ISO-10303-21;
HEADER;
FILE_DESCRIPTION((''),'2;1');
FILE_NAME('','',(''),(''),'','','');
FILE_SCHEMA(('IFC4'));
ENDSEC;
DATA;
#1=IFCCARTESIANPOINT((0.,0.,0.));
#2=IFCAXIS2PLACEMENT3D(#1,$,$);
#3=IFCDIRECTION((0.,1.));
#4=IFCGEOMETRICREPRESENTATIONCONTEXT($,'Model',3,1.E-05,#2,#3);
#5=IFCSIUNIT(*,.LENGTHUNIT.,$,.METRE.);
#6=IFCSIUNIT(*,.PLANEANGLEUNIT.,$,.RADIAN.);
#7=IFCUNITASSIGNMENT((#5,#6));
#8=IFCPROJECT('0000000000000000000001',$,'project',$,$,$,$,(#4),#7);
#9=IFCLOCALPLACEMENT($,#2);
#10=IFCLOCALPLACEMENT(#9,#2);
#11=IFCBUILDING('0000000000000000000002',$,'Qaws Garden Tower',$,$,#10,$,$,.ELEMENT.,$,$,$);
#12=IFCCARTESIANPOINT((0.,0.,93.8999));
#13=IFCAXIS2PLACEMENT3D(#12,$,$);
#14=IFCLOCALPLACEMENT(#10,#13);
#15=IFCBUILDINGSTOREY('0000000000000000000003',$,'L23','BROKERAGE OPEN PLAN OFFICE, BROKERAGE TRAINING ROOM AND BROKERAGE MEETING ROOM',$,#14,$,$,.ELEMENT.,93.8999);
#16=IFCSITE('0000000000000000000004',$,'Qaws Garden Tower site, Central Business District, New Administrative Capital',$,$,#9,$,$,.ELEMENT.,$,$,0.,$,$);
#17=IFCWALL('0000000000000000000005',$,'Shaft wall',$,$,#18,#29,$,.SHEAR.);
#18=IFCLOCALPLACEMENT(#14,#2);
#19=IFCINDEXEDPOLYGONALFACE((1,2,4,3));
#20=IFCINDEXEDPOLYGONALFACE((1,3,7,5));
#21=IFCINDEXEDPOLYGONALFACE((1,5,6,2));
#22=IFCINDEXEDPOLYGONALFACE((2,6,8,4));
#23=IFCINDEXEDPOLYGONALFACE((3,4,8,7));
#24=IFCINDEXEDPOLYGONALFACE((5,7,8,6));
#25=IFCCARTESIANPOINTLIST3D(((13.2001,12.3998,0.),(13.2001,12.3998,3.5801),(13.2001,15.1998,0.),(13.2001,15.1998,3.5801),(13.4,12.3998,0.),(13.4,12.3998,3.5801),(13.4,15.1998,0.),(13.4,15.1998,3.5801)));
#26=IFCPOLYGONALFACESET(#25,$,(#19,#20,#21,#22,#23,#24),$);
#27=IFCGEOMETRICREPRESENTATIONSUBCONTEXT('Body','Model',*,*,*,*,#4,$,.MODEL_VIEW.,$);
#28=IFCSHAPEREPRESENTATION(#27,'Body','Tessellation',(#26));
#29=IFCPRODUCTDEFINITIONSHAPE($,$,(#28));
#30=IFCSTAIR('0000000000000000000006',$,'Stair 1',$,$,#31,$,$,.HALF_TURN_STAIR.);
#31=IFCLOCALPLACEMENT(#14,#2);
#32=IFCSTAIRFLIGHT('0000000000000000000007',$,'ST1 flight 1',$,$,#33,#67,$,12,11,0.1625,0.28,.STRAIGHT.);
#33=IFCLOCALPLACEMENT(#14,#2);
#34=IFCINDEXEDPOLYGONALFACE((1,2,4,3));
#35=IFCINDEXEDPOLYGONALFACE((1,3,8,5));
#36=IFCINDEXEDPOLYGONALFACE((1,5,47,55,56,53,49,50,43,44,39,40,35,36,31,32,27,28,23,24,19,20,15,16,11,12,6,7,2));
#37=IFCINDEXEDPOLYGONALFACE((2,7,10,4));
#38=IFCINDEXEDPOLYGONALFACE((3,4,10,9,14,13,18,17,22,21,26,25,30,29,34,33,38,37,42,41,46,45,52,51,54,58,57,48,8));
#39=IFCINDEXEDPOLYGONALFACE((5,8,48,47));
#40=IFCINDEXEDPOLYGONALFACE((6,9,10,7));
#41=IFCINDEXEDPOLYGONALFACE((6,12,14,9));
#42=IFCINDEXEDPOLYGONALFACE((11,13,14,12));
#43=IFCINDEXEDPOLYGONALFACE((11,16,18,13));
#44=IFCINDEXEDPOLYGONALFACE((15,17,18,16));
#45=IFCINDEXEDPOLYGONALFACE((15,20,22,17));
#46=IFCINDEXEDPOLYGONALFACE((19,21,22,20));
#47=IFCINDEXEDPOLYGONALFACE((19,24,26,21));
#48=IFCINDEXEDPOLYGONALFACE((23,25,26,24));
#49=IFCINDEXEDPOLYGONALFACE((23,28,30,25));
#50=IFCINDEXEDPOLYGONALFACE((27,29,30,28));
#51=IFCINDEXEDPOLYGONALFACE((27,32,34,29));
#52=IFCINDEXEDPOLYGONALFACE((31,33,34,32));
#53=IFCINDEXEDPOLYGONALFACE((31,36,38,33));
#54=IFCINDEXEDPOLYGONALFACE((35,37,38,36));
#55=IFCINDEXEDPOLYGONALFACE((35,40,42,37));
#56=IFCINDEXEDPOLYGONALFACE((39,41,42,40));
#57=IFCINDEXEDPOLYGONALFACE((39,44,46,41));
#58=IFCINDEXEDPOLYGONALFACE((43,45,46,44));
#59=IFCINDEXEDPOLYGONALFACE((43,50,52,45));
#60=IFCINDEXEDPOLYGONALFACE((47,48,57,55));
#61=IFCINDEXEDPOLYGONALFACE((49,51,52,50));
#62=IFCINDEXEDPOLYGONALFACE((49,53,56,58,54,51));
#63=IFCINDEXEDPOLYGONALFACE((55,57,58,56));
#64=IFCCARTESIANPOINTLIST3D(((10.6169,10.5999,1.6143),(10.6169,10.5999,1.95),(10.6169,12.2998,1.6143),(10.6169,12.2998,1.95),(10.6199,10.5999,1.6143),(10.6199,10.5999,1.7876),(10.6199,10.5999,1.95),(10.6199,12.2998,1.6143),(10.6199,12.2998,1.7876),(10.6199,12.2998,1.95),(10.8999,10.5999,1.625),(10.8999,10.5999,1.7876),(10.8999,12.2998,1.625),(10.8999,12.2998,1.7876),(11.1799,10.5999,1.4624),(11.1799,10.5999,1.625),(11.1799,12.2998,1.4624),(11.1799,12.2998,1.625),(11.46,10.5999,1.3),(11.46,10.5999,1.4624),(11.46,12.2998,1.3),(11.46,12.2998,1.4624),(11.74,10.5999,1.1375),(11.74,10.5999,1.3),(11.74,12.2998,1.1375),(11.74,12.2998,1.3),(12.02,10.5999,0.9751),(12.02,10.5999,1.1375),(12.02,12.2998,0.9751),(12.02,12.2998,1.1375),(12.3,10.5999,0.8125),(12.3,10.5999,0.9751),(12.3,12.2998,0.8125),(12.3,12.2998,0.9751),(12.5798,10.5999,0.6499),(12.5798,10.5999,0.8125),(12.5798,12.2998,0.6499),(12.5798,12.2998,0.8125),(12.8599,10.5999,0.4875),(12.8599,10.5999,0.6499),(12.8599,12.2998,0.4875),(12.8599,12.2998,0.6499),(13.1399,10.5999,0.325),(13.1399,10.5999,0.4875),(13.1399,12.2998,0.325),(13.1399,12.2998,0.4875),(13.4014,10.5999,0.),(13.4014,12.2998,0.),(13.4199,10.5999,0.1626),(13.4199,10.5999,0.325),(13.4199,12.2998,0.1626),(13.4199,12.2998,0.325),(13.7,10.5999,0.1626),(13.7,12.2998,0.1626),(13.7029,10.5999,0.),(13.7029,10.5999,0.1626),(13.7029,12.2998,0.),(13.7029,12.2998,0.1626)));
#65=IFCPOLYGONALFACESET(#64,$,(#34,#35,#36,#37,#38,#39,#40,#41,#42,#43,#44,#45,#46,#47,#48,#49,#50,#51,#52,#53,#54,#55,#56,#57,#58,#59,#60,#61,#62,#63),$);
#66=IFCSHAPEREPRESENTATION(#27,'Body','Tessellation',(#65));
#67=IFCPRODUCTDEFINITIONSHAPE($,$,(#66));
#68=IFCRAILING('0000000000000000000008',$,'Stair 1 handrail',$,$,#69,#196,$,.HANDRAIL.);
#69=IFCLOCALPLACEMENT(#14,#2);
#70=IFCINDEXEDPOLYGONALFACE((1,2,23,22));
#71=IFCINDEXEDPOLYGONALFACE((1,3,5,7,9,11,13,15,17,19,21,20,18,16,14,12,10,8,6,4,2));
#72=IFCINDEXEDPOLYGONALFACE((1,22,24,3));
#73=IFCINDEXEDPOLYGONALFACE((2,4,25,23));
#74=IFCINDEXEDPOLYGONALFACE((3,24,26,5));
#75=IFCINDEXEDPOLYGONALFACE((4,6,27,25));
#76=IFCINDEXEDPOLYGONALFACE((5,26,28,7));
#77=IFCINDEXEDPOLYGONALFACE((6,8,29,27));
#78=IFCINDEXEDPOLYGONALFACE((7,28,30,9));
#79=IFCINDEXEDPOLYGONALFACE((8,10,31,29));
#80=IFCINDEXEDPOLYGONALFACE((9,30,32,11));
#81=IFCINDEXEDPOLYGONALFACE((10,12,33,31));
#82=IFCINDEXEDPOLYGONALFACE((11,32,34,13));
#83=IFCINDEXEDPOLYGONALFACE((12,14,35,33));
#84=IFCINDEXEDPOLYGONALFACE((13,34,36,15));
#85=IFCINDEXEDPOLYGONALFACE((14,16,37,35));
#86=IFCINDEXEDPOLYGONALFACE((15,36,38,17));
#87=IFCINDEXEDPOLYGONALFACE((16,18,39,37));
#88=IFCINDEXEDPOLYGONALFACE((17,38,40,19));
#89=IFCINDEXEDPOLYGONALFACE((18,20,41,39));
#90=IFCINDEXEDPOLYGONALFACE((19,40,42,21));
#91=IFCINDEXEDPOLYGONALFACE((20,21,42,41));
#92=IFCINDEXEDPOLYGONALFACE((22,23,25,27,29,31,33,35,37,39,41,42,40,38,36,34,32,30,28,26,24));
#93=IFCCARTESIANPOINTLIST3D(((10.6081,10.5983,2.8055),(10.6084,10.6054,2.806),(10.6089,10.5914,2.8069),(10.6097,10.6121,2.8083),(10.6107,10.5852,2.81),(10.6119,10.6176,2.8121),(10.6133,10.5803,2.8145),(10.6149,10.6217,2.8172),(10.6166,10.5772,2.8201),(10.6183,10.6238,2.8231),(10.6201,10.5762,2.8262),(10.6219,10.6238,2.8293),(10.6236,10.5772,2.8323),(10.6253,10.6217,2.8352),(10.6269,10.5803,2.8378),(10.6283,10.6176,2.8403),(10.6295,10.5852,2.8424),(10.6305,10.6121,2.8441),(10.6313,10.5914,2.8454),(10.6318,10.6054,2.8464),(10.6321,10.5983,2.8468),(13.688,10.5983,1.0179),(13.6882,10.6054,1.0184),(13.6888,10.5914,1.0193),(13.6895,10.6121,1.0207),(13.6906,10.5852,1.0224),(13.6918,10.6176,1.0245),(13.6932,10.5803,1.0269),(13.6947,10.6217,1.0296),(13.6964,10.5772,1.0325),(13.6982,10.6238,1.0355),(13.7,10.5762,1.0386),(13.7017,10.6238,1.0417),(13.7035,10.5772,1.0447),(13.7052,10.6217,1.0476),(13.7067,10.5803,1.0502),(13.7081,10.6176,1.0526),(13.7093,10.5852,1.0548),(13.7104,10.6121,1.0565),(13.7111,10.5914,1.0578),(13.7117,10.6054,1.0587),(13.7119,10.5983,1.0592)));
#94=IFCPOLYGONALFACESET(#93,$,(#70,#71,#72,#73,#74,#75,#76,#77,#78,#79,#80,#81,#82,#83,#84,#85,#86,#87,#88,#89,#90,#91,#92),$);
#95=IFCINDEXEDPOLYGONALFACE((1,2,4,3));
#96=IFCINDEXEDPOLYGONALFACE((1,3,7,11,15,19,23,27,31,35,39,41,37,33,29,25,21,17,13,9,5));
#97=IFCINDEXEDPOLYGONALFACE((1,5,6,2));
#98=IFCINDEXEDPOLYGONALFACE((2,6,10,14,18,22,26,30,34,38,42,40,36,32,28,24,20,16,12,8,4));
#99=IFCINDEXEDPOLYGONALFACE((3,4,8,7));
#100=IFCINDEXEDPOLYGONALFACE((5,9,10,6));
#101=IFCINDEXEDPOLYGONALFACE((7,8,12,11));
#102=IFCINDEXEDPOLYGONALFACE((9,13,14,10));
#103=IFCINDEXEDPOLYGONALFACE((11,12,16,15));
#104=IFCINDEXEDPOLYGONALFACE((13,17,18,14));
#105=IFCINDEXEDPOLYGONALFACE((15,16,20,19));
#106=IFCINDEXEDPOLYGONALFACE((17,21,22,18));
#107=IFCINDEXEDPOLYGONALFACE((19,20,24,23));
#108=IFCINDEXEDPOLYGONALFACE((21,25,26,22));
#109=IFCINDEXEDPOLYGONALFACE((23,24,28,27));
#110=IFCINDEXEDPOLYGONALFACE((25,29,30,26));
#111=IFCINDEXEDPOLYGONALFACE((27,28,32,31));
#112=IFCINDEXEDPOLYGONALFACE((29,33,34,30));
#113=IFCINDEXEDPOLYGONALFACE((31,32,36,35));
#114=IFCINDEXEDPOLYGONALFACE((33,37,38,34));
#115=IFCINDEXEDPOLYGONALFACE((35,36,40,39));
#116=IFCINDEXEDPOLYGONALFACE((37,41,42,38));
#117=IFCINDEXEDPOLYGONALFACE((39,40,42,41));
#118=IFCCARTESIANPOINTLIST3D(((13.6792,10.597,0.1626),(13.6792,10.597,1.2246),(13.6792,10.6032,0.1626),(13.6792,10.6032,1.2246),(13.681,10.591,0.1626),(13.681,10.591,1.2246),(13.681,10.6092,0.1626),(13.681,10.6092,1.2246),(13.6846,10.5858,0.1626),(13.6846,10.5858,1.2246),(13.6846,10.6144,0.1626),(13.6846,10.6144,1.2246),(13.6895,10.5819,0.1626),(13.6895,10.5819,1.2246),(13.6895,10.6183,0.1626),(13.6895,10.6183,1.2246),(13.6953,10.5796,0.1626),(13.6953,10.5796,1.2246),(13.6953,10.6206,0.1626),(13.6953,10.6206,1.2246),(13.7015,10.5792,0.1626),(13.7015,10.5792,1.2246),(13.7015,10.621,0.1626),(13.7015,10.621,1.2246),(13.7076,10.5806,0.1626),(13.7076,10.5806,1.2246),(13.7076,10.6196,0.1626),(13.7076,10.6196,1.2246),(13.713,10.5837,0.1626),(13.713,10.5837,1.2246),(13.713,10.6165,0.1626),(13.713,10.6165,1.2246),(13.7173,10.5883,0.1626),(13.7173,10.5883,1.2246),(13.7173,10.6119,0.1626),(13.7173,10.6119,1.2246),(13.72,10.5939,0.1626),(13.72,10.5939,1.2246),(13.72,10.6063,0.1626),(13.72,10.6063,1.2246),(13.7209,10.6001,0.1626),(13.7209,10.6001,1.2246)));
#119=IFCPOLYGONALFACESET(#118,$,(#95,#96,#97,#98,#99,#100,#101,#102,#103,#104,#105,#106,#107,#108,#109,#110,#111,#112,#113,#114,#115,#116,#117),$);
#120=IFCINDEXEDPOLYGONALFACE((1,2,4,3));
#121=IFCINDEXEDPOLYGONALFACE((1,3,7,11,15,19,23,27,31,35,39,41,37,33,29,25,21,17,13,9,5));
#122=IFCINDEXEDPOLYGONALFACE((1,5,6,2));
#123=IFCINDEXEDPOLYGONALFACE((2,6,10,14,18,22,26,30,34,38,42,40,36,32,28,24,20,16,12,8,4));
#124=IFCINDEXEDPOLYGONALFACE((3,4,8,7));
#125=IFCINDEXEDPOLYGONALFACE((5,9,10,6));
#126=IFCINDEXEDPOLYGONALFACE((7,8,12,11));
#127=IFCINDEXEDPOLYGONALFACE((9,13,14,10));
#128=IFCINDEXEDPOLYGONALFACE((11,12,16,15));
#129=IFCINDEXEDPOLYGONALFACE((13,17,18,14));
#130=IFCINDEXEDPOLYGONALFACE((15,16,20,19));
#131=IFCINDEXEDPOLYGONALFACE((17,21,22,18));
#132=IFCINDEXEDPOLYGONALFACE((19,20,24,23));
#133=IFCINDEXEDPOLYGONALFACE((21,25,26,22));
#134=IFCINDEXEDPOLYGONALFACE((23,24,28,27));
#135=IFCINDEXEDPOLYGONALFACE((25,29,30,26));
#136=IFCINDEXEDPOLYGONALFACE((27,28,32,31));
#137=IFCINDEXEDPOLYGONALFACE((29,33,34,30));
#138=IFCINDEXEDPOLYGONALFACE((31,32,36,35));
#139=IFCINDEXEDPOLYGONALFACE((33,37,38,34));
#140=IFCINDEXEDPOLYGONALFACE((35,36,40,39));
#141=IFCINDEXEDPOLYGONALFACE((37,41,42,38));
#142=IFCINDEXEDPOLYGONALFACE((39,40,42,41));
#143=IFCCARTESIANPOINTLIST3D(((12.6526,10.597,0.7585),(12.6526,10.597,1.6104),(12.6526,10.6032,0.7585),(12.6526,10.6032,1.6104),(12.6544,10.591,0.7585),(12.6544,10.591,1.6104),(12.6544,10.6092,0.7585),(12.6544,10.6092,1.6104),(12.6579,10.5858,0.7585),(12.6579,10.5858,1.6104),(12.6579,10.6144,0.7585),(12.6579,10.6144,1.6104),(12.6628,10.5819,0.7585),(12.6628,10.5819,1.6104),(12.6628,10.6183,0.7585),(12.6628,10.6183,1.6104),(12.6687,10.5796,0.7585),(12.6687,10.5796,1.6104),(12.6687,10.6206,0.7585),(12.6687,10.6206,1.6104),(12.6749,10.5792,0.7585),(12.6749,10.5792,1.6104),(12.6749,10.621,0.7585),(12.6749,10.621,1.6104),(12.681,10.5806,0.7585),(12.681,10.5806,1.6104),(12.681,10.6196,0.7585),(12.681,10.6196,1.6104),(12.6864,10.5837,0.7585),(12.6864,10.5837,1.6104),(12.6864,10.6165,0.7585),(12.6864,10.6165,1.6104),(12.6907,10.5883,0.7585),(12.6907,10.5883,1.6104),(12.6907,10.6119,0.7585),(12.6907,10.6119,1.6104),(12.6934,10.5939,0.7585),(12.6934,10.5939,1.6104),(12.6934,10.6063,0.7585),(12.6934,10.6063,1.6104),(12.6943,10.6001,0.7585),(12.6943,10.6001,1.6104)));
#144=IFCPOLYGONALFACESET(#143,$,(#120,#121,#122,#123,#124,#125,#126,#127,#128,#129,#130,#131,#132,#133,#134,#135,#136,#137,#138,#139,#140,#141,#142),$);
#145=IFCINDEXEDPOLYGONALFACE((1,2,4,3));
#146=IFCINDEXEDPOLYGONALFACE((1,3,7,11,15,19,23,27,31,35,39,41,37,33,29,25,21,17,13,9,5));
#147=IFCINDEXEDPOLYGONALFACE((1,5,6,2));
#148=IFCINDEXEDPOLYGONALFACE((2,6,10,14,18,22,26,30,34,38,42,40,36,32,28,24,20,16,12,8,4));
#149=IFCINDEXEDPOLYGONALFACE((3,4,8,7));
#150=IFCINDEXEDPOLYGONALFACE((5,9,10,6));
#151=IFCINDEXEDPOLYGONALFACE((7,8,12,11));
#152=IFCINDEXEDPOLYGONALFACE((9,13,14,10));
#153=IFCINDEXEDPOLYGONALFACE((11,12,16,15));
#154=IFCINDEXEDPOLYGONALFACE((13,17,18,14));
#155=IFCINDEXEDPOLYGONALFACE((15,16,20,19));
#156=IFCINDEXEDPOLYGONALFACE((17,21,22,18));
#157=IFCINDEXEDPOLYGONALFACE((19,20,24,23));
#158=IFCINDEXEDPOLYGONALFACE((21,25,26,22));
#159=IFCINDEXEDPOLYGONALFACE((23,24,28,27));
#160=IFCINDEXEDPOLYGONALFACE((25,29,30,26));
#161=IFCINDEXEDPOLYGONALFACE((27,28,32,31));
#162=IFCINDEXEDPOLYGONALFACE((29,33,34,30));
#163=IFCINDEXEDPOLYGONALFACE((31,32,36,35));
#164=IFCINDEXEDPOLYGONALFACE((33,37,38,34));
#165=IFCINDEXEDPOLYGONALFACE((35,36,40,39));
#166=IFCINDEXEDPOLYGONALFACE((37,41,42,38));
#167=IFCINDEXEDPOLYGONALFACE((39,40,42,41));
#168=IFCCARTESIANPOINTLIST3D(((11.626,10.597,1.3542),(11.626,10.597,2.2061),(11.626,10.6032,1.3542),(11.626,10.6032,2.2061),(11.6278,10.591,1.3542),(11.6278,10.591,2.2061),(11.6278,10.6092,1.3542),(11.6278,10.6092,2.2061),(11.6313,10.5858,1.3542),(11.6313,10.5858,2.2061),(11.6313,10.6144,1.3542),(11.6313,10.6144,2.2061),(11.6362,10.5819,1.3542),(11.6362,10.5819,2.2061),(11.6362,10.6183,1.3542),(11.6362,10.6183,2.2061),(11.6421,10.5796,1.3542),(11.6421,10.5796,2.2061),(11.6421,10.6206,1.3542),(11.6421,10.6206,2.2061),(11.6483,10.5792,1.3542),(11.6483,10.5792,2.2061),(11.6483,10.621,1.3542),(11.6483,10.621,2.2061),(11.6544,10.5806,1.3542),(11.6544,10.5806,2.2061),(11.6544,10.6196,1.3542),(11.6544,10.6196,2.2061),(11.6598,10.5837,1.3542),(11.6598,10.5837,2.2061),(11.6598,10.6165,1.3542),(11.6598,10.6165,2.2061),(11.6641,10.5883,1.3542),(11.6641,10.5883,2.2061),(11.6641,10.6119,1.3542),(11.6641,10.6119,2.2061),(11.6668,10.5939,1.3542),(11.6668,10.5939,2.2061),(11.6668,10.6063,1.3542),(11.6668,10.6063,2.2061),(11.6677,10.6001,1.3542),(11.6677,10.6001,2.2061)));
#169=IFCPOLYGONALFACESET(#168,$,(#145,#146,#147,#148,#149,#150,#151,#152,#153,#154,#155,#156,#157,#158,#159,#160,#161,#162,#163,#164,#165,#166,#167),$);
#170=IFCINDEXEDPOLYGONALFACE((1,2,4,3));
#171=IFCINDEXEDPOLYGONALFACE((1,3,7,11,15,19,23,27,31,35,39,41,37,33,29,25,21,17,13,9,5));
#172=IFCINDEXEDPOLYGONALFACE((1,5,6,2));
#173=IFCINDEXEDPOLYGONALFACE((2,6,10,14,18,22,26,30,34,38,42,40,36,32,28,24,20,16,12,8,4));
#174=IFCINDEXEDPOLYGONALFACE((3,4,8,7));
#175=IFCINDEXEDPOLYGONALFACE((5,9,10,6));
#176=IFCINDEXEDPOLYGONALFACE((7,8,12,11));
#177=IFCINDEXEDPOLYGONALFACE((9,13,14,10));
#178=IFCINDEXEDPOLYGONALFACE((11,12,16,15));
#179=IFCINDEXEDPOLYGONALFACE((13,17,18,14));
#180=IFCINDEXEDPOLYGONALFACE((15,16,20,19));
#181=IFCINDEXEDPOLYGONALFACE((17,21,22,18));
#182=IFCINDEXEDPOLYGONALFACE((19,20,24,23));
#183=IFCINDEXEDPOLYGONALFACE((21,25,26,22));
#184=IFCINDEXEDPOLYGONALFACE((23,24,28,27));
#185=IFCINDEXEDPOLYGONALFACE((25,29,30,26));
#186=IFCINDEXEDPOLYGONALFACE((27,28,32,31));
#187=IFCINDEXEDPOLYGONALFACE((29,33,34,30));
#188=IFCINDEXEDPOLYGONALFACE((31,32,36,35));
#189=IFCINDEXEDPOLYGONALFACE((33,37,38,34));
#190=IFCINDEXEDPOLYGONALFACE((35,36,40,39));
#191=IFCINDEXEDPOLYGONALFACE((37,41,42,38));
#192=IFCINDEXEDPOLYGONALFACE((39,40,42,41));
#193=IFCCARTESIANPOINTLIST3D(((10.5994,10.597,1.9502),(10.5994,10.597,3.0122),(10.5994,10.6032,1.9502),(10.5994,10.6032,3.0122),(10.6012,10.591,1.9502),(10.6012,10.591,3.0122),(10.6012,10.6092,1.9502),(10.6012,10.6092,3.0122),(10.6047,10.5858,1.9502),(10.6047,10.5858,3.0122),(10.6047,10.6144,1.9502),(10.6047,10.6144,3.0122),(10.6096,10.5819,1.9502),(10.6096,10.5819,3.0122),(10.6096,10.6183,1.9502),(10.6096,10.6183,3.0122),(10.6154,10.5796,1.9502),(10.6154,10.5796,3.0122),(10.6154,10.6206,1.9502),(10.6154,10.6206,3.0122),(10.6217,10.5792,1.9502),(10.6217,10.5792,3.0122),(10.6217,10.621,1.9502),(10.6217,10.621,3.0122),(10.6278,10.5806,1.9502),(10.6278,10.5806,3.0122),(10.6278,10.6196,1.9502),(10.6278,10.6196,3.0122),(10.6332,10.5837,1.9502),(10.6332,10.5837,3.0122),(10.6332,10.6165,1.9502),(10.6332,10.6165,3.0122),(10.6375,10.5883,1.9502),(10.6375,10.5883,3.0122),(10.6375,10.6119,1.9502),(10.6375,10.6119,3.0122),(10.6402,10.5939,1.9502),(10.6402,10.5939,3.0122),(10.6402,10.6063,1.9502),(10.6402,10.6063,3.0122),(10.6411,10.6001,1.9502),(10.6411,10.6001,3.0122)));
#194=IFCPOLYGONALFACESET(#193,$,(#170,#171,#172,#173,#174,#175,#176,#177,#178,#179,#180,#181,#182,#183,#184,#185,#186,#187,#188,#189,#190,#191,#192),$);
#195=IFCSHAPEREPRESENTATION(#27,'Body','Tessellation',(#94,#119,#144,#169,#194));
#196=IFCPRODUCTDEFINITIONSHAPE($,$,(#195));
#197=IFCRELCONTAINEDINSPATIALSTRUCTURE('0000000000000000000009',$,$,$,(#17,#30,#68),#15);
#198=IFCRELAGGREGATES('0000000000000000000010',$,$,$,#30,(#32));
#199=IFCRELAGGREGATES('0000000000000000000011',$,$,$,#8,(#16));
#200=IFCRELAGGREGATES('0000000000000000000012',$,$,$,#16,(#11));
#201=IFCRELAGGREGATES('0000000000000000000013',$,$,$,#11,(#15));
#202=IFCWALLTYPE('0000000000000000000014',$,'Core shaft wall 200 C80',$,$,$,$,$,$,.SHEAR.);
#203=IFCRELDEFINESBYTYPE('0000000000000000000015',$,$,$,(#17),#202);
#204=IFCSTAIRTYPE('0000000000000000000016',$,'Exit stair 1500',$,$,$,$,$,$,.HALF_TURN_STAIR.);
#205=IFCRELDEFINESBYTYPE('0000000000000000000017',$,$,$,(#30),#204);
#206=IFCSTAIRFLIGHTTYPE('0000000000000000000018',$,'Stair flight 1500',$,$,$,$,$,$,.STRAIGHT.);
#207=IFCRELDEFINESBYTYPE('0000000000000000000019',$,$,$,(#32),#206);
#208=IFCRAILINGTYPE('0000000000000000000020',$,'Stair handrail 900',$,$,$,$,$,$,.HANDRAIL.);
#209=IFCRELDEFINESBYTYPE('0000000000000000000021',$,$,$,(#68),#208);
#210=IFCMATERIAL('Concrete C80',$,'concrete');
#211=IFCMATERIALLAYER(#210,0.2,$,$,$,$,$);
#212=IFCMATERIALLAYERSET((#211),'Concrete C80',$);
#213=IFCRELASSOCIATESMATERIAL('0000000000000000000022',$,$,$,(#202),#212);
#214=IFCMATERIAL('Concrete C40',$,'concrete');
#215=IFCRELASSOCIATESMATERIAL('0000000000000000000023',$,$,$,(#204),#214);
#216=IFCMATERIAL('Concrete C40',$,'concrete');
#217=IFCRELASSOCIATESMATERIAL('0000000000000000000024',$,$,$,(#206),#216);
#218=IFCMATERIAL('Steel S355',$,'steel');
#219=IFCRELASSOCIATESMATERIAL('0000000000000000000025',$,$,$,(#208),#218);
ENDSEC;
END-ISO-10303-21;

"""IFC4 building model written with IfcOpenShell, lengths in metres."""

from ifc_helpers import new_model, si_unit, direction, frame, frame_2d, origin, origin_2d, place, context, subcontext, project, spatial, polyline, rectangle, circle, outline, extrude, material, layer, layer_set, type_object, element, aggregate, save


model = new_model("IFC4")

# Units and contexts
model_context = context("Model", 3, precision=1e-05, world=origin(), true_north=direction((0.0, 1.0)))
body_context = subcontext(model_context, "Body", "Model", "MODEL_VIEW")
ifc_project = project(units=[si_unit("LENGTHUNIT", "METRE"), si_unit("PLANEANGLEUNIT", "RADIAN")], contexts=[model_context])

# Site, building, storey
site_placement = place(None, origin())
site = spatial("IfcSite", under=ifc_project, at=site_placement, Name="Qaws Garden Tower site, Central Business District, New Administrative Capital", CompositionType="ELEMENT", RefElevation=0.0)
building_placement = place(site_placement, origin())
building = spatial("IfcBuilding", under=site, at=building_placement, Name="Qaws Garden Tower", CompositionType="ELEMENT")
storey_placement = place(building_placement, frame((0.0, 0.0, 93.8999)))
storey = spatial("IfcBuildingStorey", under=building, at=storey_placement, Name="L23", Description="BROKERAGE OPEN PLAN OFFICE, BROKERAGE TRAINING ROOM AND BROKERAGE MEETING ROOM", CompositionType="ELEMENT", Elevation=93.8999)

# Shared definitions
ifc_material_1 = material(Name="Concrete C80", Category="concrete")
ifc_layer_1 = layer(ifc_material_1, 0.2)
ifc_layer_set_1 = layer_set([ifc_layer_1], Name="Concrete C80")
wall_type_1 = type_object("IfcWallType", Name="Core shaft wall 200 C80", PredefinedType="SHEAR", material=ifc_layer_set_1)

# Wall
wall_1_placement = place(storey_placement, frame((13.3, 12.3999, 0.0), z_axis=(0.0, 0.0, 1.0), x_axis=(0.0, 1.0, 0.0)))
element("IfcWall", 1, at=wall_1_placement, inside=storey, type_object=wall_type_1, Name="Shaft wall", PredefinedType="SHEAR", context=body_context, shape_type="SweptSolid", body=[
    extrude(rectangle(XDim=2.8, YDim=0.2, at=frame_2d((1.3999, 0.0))), origin(), (0.0, 0.0, 1.0), 3.5801),
])

# Stair, stair flight
ifc_material_2 = material(Name="Concrete C40", Category="concrete")
stair_type = type_object("IfcStairType", Name="Exit stair 1500", PredefinedType="HALF_TURN_STAIR", material=ifc_material_2)
stair_placement = place(storey_placement, origin())
stair = element("IfcStair", 2, at=stair_placement, inside=storey, type_object=stair_type, Name="Stair 1", PredefinedType="HALF_TURN_STAIR")
ifc_material_3 = material(Name="Concrete C40", Category="concrete")
stair_flight_type = type_object("IfcStairFlightType", Name="Stair flight 1500", PredefinedType="STRAIGHT", material=ifc_material_3)
stair_flight_placement = place(storey_placement, frame((13.7, 11.45, 0.0), z_axis=(0.0, 0.0, 1.0), x_axis=(-1.0, 0.0, 0.0)))
stair_flight = element("IfcStairFlight", 3, at=stair_flight_placement, type_object=stair_flight_type, Name="ST1 flight 1", NumberOfRisers=12, NumberOfTreads=11, PredefinedType="STRAIGHT", RiserHeight=0.1625, TreadLength=0.28, context=body_context, shape_type="SweptSolid", body=[
    extrude(outline(polyline([(-0.0029, 0.0), (-0.0029, 0.1626), (0.0, 0.1626), (0.28, 0.1626), (0.28, 0.325), (0.5601, 0.325), (0.5601, 0.4875), (0.8401, 0.4875), (0.8401, 0.6499), (1.1201, 0.6499), (1.1201, 0.8125), (1.3999, 0.8125), (1.3999, 0.9751), (1.6799, 0.9751), (1.6799, 1.1375), (1.96, 1.1375), (1.96, 1.3), (2.24, 1.3), (2.24, 1.4624), (2.52, 1.4624), (2.52, 1.625), (2.8, 1.625), (2.8, 1.7876), (3.0801, 1.7876), (3.0801, 1.95), (3.083, 1.95), (3.083, 1.6143), (3.0801, 1.6143), (0.2986, 0.0), (-0.0029, 0.0)])), frame((0.0, 0.8501, 0.0), z_axis=(0.0, -1.0, 0.0), x_axis=(1.0, 0.0, 0.0)), (0.0, 0.0, 1.0), 1.7),
])
aggregate(stair, [stair_flight])

# Railing
ifc_material_4 = material(Name="Steel S355", Category="steel")
railing_type = type_object("IfcRailingType", Name="Stair handrail 900", PredefinedType="HANDRAIL", material=ifc_material_4)
railing_1_placement = place(storey_placement, frame((13.7, 10.6001, 0.1626)))
element("IfcRailing", 4, at=railing_1_placement, inside=storey, type_object=railing_type, Name="Stair 1 handrail", PredefinedType="HANDRAIL", context=body_context, shape_type="SweptSolid", body=[
    extrude(circle(Radius=0.0239, at=origin_2d()), frame((0.0, 0.0, 0.876), z_axis=(-0.864873, 0.0, 0.50199), x_axis=(0.0, -1.0, 0.0)), (0.0, 0.0, 1.0), 3.561),
    extrude(circle(Radius=0.021, at=origin_2d()), origin(), (0.0, 0.0, 1.0), 1.062),
    extrude(circle(Radius=0.021, at=origin_2d()), frame((-1.0266, 0.0, 0.5959)), (0.0, 0.0, 1.0), 0.8518),
    extrude(circle(Radius=0.021, at=origin_2d()), frame((-2.0532, 0.0, 1.1917)), (0.0, 0.0, 1.0), 0.8518),
    extrude(circle(Radius=0.021, at=origin_2d()), frame((-3.0798, 0.0, 1.7876)), (0.0, 0.0, 1.0), 1.062),
])

save(model, "model.ifc")
